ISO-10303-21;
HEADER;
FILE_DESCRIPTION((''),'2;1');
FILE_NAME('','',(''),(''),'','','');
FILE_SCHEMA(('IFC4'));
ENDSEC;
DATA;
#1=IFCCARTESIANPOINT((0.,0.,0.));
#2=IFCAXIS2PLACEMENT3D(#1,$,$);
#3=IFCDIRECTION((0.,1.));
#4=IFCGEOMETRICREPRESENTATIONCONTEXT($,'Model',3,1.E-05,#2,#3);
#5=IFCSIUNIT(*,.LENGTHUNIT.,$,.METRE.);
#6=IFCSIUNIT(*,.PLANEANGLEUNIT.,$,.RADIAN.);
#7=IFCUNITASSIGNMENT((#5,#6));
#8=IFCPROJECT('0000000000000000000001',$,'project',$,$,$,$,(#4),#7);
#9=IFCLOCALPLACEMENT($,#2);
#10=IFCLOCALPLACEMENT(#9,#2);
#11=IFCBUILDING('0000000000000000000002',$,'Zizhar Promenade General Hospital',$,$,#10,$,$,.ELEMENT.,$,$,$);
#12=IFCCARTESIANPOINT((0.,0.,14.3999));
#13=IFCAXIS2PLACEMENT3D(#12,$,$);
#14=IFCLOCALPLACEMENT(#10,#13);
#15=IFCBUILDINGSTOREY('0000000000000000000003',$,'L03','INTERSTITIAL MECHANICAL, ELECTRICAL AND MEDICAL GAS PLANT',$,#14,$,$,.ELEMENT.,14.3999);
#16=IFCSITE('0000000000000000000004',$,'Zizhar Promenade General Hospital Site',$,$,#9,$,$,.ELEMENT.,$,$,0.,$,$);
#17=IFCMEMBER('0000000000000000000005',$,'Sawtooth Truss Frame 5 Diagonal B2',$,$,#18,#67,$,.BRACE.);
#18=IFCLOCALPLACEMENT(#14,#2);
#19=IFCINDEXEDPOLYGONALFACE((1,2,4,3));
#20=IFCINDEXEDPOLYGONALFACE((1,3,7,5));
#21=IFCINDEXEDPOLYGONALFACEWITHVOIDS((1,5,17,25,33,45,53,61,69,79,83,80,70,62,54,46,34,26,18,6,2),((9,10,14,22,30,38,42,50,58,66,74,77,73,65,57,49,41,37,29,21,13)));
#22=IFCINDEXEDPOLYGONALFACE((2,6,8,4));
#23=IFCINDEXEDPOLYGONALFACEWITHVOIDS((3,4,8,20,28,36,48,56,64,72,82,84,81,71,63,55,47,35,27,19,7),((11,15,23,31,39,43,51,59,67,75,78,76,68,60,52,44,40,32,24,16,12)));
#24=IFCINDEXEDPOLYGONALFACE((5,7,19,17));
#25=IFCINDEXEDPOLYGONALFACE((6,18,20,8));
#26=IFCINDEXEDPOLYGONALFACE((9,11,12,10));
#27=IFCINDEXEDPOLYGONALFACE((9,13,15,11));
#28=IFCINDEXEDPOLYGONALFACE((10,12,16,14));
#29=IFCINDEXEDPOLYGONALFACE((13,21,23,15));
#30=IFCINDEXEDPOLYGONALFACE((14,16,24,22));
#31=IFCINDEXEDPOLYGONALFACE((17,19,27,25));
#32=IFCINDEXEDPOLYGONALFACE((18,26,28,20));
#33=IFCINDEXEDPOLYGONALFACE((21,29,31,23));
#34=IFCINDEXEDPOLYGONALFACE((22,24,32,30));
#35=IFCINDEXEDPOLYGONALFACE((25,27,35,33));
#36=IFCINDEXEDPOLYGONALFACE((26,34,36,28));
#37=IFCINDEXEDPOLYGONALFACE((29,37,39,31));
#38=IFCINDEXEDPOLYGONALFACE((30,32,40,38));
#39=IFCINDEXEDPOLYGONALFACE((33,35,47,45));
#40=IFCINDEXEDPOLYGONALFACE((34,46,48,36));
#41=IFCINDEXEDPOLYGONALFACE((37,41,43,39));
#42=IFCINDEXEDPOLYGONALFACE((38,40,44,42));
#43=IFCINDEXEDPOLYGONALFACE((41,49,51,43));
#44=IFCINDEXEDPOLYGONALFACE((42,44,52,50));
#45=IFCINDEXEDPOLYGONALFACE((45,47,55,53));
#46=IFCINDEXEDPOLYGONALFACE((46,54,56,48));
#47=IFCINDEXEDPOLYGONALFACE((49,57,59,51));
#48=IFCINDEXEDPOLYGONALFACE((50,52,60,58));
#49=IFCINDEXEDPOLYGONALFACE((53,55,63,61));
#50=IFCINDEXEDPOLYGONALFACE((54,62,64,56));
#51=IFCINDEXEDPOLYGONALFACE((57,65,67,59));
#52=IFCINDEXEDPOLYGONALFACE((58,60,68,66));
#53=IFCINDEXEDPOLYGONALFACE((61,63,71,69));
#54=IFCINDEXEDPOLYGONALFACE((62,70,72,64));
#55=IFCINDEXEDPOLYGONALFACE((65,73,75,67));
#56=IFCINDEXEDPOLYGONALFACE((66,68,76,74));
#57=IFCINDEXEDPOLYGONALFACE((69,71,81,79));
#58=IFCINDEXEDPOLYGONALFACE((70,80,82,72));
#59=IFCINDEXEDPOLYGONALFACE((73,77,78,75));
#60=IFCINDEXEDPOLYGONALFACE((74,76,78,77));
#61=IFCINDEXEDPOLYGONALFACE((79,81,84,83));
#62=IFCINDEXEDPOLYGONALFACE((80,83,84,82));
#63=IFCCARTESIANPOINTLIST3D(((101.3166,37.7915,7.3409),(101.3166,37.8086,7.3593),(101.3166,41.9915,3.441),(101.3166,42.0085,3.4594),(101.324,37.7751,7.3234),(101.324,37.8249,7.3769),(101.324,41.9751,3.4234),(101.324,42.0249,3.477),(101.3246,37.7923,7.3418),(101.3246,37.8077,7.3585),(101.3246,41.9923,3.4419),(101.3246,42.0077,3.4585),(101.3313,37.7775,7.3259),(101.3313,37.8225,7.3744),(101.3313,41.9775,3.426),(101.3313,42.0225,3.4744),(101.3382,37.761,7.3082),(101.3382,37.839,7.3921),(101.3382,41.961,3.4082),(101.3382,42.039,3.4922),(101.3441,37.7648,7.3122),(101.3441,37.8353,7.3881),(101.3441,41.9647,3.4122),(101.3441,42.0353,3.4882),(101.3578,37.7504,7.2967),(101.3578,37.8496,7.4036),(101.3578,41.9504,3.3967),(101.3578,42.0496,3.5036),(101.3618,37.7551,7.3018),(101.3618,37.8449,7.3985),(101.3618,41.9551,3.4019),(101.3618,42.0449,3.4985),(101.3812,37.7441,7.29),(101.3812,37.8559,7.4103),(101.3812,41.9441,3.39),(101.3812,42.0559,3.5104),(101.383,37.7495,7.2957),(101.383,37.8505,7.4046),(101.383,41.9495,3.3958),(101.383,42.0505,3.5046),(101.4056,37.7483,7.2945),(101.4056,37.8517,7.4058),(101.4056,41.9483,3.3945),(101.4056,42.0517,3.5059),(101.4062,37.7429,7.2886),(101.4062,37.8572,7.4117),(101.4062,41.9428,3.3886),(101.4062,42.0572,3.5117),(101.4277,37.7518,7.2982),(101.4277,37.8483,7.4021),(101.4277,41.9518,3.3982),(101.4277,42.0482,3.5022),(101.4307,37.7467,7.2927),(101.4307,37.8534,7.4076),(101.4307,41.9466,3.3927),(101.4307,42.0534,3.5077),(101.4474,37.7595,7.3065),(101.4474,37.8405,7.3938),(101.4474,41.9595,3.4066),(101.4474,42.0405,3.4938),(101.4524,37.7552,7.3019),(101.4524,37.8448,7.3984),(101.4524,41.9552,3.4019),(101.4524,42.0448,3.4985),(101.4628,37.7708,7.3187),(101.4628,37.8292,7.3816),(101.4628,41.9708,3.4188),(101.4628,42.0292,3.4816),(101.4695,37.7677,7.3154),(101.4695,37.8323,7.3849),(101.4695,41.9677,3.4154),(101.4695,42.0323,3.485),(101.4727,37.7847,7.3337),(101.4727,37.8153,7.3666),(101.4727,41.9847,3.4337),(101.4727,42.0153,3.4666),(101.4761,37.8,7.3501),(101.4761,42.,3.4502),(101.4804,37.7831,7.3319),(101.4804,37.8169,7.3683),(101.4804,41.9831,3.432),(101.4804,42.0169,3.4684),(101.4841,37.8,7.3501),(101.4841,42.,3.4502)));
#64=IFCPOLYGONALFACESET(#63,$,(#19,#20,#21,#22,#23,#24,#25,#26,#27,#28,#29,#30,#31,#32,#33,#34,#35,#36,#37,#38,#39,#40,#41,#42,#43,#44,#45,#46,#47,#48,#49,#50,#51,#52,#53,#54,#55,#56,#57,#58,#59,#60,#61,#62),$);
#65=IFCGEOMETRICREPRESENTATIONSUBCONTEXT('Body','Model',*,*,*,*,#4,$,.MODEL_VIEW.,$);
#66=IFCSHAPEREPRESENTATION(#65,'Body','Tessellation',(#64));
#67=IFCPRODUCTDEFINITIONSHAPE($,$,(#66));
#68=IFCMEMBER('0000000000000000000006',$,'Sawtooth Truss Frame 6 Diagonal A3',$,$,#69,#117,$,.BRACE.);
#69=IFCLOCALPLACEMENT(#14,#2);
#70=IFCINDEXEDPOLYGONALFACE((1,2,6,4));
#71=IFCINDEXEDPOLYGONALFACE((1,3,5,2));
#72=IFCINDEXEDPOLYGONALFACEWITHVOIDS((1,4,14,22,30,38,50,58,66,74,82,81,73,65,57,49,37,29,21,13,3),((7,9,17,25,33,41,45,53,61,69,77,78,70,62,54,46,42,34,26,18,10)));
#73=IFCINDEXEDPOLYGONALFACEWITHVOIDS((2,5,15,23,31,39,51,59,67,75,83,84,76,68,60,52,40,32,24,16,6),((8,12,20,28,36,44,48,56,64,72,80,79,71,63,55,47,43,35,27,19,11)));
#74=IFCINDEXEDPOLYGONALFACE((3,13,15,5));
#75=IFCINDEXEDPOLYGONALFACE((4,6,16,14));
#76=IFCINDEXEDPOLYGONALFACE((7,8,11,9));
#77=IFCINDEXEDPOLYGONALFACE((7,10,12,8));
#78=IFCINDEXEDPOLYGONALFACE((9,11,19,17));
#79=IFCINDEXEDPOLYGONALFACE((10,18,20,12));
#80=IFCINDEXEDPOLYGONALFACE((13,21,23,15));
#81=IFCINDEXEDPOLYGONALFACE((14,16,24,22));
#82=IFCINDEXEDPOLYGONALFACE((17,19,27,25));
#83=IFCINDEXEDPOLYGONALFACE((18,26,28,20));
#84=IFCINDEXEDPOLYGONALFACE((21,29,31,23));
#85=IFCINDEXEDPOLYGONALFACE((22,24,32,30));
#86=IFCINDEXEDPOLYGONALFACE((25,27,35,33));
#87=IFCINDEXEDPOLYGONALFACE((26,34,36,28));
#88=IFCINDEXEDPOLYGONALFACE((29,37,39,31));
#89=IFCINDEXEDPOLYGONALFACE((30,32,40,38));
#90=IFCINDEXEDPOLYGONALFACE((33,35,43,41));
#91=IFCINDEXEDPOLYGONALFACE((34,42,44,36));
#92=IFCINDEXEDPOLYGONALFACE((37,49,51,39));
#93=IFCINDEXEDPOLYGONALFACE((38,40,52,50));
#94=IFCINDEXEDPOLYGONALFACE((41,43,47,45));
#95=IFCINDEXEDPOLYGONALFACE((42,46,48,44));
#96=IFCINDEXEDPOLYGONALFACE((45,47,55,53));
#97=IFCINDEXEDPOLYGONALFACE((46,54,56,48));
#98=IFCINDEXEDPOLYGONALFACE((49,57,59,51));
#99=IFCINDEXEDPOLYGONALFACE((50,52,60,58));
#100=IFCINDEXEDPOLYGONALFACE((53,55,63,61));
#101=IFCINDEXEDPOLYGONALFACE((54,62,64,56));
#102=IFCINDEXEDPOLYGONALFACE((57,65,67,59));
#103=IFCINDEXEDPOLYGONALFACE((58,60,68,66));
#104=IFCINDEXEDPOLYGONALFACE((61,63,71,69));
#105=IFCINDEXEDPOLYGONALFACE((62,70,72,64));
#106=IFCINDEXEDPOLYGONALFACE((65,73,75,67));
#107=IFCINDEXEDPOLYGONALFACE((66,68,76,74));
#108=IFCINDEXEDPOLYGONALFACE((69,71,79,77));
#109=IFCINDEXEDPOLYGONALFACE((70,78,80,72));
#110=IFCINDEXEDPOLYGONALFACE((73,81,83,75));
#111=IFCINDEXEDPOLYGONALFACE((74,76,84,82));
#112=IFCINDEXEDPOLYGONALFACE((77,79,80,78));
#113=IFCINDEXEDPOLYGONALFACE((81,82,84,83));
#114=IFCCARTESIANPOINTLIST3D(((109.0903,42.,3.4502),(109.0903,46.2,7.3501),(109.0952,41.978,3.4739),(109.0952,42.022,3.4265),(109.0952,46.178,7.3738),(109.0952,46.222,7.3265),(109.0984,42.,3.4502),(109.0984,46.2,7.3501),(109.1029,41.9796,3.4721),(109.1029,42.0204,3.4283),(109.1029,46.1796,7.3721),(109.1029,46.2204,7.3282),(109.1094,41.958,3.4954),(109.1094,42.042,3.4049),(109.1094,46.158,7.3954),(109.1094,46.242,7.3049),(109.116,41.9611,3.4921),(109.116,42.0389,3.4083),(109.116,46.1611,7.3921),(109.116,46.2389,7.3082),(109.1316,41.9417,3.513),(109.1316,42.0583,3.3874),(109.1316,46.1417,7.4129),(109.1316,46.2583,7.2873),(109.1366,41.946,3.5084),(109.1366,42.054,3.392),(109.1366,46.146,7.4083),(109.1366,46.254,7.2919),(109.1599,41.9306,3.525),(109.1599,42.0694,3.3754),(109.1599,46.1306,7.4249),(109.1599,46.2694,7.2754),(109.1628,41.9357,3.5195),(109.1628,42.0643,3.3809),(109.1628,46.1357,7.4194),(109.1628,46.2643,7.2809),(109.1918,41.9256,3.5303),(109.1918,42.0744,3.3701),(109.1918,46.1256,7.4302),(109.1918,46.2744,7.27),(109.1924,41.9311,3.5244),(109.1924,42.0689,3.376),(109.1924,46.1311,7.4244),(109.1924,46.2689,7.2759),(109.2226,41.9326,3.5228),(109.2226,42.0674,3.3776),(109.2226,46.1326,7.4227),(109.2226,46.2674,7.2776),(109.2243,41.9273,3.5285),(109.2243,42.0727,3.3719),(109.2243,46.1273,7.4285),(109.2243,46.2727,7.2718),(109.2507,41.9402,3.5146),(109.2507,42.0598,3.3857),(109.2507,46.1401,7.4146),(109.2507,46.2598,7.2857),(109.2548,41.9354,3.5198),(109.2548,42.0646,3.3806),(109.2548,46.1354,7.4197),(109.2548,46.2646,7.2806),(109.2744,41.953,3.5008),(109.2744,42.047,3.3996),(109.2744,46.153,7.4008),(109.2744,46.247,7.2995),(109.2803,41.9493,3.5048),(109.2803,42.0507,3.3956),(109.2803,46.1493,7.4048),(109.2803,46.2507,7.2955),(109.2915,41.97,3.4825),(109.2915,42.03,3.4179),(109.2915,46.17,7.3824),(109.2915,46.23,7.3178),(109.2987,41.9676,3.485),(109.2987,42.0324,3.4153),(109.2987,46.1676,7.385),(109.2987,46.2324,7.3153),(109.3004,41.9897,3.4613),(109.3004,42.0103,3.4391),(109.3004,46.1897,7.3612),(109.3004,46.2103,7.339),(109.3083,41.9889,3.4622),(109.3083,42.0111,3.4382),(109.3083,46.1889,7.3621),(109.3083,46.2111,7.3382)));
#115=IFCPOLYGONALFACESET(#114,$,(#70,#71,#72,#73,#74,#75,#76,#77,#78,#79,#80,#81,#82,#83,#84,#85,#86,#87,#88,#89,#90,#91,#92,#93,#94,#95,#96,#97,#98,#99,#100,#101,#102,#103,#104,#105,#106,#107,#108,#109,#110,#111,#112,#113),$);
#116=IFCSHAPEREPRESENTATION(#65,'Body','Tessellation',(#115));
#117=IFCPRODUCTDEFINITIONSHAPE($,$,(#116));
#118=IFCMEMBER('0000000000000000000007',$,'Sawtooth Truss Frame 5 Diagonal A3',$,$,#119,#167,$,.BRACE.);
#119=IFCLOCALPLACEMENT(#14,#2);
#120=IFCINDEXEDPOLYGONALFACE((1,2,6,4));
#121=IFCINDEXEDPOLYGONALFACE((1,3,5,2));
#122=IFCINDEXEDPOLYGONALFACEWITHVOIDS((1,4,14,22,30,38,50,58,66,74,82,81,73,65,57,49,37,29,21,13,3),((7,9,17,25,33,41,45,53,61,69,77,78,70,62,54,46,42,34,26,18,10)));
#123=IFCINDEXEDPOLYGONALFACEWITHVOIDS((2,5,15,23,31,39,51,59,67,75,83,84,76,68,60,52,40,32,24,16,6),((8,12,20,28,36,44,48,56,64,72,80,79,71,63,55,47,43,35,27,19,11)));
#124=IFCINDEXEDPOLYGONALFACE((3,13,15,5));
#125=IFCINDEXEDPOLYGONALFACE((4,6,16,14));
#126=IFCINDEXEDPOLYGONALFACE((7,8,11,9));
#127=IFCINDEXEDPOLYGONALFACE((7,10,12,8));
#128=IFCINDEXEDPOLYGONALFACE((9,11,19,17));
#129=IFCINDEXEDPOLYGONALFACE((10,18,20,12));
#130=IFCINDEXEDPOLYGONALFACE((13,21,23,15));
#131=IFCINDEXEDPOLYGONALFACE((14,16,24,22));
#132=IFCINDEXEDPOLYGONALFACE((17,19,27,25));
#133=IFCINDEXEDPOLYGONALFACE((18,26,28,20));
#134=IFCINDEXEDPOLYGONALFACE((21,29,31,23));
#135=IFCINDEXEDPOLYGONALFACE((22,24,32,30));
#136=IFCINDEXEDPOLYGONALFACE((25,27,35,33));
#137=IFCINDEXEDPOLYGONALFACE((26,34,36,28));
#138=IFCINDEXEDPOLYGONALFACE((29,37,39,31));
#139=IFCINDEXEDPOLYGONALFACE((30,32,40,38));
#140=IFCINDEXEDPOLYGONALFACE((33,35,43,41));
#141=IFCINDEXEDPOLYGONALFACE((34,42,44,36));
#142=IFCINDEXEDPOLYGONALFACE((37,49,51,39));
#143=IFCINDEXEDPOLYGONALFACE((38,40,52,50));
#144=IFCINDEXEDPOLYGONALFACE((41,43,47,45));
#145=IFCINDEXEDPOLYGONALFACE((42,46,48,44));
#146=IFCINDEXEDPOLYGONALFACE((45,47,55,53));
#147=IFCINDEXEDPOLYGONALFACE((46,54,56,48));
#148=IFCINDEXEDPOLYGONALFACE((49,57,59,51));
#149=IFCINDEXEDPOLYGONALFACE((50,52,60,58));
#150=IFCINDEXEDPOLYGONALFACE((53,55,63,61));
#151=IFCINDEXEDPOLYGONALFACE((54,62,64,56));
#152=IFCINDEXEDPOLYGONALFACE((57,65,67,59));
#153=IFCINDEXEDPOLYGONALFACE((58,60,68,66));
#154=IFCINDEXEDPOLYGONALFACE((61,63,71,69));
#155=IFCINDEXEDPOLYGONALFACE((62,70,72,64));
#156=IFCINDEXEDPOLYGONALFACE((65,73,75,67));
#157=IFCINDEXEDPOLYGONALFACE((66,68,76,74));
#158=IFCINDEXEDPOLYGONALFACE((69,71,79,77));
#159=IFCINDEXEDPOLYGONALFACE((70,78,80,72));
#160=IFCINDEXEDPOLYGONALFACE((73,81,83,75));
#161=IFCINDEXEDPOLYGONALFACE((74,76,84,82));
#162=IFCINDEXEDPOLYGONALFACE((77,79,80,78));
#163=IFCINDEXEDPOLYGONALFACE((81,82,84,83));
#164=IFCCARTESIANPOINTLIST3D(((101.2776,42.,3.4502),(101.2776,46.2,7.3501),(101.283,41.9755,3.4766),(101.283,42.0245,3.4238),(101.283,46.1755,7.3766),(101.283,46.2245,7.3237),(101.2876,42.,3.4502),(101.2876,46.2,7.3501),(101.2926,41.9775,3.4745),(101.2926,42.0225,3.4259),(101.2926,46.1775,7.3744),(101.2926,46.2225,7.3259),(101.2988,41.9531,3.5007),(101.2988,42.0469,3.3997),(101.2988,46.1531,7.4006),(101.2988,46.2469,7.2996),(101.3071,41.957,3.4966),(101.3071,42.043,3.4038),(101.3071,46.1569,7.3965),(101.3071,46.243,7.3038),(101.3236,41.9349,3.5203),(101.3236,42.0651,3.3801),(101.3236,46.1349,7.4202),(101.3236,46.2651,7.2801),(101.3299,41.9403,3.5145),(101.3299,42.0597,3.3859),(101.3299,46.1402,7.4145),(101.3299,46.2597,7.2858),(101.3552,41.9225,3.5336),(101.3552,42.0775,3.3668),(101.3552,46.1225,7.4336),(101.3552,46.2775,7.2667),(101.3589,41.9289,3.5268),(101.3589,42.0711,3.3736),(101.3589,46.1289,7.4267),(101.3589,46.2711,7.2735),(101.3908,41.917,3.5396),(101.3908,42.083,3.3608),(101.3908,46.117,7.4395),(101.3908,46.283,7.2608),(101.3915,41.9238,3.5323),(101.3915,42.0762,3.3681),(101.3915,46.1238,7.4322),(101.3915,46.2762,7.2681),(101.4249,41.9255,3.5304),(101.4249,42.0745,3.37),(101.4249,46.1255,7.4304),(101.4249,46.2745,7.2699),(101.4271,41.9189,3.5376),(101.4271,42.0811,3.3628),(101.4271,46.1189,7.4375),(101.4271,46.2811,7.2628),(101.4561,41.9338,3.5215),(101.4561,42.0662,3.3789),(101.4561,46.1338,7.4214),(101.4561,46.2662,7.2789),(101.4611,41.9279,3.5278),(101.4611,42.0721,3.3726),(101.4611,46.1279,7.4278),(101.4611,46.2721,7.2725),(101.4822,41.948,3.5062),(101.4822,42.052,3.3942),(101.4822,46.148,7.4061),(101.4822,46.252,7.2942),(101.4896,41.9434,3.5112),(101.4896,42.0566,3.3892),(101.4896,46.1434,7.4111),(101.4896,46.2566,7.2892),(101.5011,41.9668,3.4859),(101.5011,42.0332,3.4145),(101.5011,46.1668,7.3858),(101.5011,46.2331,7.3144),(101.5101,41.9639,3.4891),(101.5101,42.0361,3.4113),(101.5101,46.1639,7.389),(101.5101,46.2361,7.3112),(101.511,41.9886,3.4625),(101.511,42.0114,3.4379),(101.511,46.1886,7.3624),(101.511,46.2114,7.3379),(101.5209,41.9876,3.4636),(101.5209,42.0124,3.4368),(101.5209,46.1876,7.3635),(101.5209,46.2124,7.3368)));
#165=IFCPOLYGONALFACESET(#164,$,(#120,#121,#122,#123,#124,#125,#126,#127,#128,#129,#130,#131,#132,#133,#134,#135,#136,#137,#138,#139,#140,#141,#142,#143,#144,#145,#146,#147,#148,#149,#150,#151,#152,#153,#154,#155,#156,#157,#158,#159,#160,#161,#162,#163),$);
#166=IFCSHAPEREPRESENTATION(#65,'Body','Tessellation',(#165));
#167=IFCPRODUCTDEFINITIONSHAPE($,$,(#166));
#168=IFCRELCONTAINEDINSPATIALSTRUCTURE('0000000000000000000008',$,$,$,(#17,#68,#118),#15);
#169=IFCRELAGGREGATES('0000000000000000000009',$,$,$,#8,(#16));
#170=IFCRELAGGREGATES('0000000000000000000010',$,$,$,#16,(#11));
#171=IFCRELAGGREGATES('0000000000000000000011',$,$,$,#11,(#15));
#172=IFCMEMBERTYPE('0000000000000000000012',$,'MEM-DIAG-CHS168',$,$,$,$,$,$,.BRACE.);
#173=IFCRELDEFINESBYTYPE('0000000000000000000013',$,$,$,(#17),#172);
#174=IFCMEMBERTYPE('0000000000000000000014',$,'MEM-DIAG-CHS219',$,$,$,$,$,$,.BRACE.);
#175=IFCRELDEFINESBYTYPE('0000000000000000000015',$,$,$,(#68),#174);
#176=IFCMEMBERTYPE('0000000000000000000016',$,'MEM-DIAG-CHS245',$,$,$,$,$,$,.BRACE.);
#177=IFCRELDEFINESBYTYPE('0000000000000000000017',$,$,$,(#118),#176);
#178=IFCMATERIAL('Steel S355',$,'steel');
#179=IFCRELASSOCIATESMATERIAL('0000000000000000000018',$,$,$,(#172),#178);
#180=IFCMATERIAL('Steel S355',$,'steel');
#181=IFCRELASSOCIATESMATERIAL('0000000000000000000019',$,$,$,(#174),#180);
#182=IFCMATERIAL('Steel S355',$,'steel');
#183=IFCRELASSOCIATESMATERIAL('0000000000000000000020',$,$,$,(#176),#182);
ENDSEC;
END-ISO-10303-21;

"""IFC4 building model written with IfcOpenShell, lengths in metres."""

from ifc_helpers import new_model, si_unit, direction, frame, origin, origin_2d, place, context, subcontext, project, spatial, hollow_circle, extrude, material, material_profile, profile_set, type_object, element, save


model = new_model("IFC4")

# Units and contexts
model_context = context("Model", 3, precision=1e-05, world=origin(), true_north=direction((0.0, 1.0)))
body_context = subcontext(model_context, "Body", "Model", "MODEL_VIEW")
ifc_project = project(units=[si_unit("LENGTHUNIT", "METRE"), si_unit("PLANEANGLEUNIT", "RADIAN")], contexts=[model_context])

# Site, building, storey
site_placement = place(None, origin())
site = spatial("IfcSite", under=ifc_project, at=site_placement, Name="Zizhar Promenade General Hospital Site", CompositionType="ELEMENT", RefElevation=0.0)
building_placement = place(site_placement, origin())
building = spatial("IfcBuilding", under=site, at=building_placement, Name="Zizhar Promenade General Hospital", CompositionType="ELEMENT")
storey_placement = place(building_placement, frame((0.0, 0.0, 14.3999)))
storey = spatial("IfcBuildingStorey", under=building, at=storey_placement, Name="L03", Description="INTERSTITIAL MECHANICAL, ELECTRICAL AND MEDICAL GAS PLANT", CompositionType="ELEMENT", Elevation=14.3999)

# Members
ifc_material_1 = material(Name="Steel S355", Category="steel")
ifc_material_profile_1 = material_profile(ifc_material_1, hollow_circle(Radius=0.0842, WallThickness=0.0081, at=origin_2d()))
ifc_profile_set_1 = profile_set([ifc_material_profile_1], Name="Steel S355")
member_type_1 = type_object("IfcMemberType", Name="MEM-DIAG-CHS168", PredefinedType="BRACE", material=ifc_profile_set_1)
member_1_placement = place(storey_placement, frame((101.3999, 42.0, 3.4502), z_axis=(0.0, -0.732798, 0.680446), x_axis=(1.0, 0.0, 0.0)))
element("IfcMember", 1, at=member_1_placement, inside=storey, type_object=member_type_1, Name="Sawtooth Truss Frame 5 Diagonal B2", PredefinedType="BRACE", context=body_context, shape_type="SweptSolid", body=[
    extrude(hollow_circle(Radius=0.0842, WallThickness=0.0081, at=origin_2d()), origin(), (0.0, 0.0, 1.0), 5.7314),
])
ifc_material_2 = material(Name="Steel S355", Category="steel")
ifc_material_profile_2 = material_profile(ifc_material_2, hollow_circle(Radius=0.1096, WallThickness=0.0081, at=origin_2d()))
ifc_profile_set_2 = profile_set([ifc_material_profile_2], Name="Steel S355")
member_type_2 = type_object("IfcMemberType", Name="MEM-DIAG-CHS219", PredefinedType="BRACE", material=ifc_profile_set_2)
member_2_placement = place(storey_placement, frame((109.2, 42.0, 3.4502), z_axis=(0.0, 0.732798, 0.680446), x_axis=(-1.0, 0.0, 0.0)))
element("IfcMember", 2, at=member_2_placement, inside=storey, type_object=member_type_2, Name="Sawtooth Truss Frame 6 Diagonal A3", PredefinedType="BRACE", context=body_context, shape_type="SweptSolid", body=[
    extrude(hollow_circle(Radius=0.1096, WallThickness=0.0081, at=origin_2d()), origin(), (0.0, 0.0, 1.0), 5.7314),
])
ifc_material_3 = material(Name="Steel S355", Category="steel")
ifc_material_profile_3 = material_profile(ifc_material_3, hollow_circle(Radius=0.1223, WallThickness=0.01, at=origin_2d()))
ifc_profile_set_3 = profile_set([ifc_material_profile_3], Name="Steel S355")
member_type_3 = type_object("IfcMemberType", Name="MEM-DIAG-CHS245", PredefinedType="BRACE", material=ifc_profile_set_3)
member_3_placement = place(storey_placement, frame((101.3999, 42.0, 3.4502), z_axis=(0.0, 0.732798, 0.680446), x_axis=(-1.0, 0.0, 0.0)))
element("IfcMember", 3, at=member_3_placement, inside=storey, type_object=member_type_3, Name="Sawtooth Truss Frame 5 Diagonal A3", PredefinedType="BRACE", context=body_context, shape_type="SweptSolid", body=[
    extrude(hollow_circle(Radius=0.1223, WallThickness=0.01, at=origin_2d()), origin(), (0.0, 0.0, 1.0), 5.7314),
])

save(model, "model.ifc")
